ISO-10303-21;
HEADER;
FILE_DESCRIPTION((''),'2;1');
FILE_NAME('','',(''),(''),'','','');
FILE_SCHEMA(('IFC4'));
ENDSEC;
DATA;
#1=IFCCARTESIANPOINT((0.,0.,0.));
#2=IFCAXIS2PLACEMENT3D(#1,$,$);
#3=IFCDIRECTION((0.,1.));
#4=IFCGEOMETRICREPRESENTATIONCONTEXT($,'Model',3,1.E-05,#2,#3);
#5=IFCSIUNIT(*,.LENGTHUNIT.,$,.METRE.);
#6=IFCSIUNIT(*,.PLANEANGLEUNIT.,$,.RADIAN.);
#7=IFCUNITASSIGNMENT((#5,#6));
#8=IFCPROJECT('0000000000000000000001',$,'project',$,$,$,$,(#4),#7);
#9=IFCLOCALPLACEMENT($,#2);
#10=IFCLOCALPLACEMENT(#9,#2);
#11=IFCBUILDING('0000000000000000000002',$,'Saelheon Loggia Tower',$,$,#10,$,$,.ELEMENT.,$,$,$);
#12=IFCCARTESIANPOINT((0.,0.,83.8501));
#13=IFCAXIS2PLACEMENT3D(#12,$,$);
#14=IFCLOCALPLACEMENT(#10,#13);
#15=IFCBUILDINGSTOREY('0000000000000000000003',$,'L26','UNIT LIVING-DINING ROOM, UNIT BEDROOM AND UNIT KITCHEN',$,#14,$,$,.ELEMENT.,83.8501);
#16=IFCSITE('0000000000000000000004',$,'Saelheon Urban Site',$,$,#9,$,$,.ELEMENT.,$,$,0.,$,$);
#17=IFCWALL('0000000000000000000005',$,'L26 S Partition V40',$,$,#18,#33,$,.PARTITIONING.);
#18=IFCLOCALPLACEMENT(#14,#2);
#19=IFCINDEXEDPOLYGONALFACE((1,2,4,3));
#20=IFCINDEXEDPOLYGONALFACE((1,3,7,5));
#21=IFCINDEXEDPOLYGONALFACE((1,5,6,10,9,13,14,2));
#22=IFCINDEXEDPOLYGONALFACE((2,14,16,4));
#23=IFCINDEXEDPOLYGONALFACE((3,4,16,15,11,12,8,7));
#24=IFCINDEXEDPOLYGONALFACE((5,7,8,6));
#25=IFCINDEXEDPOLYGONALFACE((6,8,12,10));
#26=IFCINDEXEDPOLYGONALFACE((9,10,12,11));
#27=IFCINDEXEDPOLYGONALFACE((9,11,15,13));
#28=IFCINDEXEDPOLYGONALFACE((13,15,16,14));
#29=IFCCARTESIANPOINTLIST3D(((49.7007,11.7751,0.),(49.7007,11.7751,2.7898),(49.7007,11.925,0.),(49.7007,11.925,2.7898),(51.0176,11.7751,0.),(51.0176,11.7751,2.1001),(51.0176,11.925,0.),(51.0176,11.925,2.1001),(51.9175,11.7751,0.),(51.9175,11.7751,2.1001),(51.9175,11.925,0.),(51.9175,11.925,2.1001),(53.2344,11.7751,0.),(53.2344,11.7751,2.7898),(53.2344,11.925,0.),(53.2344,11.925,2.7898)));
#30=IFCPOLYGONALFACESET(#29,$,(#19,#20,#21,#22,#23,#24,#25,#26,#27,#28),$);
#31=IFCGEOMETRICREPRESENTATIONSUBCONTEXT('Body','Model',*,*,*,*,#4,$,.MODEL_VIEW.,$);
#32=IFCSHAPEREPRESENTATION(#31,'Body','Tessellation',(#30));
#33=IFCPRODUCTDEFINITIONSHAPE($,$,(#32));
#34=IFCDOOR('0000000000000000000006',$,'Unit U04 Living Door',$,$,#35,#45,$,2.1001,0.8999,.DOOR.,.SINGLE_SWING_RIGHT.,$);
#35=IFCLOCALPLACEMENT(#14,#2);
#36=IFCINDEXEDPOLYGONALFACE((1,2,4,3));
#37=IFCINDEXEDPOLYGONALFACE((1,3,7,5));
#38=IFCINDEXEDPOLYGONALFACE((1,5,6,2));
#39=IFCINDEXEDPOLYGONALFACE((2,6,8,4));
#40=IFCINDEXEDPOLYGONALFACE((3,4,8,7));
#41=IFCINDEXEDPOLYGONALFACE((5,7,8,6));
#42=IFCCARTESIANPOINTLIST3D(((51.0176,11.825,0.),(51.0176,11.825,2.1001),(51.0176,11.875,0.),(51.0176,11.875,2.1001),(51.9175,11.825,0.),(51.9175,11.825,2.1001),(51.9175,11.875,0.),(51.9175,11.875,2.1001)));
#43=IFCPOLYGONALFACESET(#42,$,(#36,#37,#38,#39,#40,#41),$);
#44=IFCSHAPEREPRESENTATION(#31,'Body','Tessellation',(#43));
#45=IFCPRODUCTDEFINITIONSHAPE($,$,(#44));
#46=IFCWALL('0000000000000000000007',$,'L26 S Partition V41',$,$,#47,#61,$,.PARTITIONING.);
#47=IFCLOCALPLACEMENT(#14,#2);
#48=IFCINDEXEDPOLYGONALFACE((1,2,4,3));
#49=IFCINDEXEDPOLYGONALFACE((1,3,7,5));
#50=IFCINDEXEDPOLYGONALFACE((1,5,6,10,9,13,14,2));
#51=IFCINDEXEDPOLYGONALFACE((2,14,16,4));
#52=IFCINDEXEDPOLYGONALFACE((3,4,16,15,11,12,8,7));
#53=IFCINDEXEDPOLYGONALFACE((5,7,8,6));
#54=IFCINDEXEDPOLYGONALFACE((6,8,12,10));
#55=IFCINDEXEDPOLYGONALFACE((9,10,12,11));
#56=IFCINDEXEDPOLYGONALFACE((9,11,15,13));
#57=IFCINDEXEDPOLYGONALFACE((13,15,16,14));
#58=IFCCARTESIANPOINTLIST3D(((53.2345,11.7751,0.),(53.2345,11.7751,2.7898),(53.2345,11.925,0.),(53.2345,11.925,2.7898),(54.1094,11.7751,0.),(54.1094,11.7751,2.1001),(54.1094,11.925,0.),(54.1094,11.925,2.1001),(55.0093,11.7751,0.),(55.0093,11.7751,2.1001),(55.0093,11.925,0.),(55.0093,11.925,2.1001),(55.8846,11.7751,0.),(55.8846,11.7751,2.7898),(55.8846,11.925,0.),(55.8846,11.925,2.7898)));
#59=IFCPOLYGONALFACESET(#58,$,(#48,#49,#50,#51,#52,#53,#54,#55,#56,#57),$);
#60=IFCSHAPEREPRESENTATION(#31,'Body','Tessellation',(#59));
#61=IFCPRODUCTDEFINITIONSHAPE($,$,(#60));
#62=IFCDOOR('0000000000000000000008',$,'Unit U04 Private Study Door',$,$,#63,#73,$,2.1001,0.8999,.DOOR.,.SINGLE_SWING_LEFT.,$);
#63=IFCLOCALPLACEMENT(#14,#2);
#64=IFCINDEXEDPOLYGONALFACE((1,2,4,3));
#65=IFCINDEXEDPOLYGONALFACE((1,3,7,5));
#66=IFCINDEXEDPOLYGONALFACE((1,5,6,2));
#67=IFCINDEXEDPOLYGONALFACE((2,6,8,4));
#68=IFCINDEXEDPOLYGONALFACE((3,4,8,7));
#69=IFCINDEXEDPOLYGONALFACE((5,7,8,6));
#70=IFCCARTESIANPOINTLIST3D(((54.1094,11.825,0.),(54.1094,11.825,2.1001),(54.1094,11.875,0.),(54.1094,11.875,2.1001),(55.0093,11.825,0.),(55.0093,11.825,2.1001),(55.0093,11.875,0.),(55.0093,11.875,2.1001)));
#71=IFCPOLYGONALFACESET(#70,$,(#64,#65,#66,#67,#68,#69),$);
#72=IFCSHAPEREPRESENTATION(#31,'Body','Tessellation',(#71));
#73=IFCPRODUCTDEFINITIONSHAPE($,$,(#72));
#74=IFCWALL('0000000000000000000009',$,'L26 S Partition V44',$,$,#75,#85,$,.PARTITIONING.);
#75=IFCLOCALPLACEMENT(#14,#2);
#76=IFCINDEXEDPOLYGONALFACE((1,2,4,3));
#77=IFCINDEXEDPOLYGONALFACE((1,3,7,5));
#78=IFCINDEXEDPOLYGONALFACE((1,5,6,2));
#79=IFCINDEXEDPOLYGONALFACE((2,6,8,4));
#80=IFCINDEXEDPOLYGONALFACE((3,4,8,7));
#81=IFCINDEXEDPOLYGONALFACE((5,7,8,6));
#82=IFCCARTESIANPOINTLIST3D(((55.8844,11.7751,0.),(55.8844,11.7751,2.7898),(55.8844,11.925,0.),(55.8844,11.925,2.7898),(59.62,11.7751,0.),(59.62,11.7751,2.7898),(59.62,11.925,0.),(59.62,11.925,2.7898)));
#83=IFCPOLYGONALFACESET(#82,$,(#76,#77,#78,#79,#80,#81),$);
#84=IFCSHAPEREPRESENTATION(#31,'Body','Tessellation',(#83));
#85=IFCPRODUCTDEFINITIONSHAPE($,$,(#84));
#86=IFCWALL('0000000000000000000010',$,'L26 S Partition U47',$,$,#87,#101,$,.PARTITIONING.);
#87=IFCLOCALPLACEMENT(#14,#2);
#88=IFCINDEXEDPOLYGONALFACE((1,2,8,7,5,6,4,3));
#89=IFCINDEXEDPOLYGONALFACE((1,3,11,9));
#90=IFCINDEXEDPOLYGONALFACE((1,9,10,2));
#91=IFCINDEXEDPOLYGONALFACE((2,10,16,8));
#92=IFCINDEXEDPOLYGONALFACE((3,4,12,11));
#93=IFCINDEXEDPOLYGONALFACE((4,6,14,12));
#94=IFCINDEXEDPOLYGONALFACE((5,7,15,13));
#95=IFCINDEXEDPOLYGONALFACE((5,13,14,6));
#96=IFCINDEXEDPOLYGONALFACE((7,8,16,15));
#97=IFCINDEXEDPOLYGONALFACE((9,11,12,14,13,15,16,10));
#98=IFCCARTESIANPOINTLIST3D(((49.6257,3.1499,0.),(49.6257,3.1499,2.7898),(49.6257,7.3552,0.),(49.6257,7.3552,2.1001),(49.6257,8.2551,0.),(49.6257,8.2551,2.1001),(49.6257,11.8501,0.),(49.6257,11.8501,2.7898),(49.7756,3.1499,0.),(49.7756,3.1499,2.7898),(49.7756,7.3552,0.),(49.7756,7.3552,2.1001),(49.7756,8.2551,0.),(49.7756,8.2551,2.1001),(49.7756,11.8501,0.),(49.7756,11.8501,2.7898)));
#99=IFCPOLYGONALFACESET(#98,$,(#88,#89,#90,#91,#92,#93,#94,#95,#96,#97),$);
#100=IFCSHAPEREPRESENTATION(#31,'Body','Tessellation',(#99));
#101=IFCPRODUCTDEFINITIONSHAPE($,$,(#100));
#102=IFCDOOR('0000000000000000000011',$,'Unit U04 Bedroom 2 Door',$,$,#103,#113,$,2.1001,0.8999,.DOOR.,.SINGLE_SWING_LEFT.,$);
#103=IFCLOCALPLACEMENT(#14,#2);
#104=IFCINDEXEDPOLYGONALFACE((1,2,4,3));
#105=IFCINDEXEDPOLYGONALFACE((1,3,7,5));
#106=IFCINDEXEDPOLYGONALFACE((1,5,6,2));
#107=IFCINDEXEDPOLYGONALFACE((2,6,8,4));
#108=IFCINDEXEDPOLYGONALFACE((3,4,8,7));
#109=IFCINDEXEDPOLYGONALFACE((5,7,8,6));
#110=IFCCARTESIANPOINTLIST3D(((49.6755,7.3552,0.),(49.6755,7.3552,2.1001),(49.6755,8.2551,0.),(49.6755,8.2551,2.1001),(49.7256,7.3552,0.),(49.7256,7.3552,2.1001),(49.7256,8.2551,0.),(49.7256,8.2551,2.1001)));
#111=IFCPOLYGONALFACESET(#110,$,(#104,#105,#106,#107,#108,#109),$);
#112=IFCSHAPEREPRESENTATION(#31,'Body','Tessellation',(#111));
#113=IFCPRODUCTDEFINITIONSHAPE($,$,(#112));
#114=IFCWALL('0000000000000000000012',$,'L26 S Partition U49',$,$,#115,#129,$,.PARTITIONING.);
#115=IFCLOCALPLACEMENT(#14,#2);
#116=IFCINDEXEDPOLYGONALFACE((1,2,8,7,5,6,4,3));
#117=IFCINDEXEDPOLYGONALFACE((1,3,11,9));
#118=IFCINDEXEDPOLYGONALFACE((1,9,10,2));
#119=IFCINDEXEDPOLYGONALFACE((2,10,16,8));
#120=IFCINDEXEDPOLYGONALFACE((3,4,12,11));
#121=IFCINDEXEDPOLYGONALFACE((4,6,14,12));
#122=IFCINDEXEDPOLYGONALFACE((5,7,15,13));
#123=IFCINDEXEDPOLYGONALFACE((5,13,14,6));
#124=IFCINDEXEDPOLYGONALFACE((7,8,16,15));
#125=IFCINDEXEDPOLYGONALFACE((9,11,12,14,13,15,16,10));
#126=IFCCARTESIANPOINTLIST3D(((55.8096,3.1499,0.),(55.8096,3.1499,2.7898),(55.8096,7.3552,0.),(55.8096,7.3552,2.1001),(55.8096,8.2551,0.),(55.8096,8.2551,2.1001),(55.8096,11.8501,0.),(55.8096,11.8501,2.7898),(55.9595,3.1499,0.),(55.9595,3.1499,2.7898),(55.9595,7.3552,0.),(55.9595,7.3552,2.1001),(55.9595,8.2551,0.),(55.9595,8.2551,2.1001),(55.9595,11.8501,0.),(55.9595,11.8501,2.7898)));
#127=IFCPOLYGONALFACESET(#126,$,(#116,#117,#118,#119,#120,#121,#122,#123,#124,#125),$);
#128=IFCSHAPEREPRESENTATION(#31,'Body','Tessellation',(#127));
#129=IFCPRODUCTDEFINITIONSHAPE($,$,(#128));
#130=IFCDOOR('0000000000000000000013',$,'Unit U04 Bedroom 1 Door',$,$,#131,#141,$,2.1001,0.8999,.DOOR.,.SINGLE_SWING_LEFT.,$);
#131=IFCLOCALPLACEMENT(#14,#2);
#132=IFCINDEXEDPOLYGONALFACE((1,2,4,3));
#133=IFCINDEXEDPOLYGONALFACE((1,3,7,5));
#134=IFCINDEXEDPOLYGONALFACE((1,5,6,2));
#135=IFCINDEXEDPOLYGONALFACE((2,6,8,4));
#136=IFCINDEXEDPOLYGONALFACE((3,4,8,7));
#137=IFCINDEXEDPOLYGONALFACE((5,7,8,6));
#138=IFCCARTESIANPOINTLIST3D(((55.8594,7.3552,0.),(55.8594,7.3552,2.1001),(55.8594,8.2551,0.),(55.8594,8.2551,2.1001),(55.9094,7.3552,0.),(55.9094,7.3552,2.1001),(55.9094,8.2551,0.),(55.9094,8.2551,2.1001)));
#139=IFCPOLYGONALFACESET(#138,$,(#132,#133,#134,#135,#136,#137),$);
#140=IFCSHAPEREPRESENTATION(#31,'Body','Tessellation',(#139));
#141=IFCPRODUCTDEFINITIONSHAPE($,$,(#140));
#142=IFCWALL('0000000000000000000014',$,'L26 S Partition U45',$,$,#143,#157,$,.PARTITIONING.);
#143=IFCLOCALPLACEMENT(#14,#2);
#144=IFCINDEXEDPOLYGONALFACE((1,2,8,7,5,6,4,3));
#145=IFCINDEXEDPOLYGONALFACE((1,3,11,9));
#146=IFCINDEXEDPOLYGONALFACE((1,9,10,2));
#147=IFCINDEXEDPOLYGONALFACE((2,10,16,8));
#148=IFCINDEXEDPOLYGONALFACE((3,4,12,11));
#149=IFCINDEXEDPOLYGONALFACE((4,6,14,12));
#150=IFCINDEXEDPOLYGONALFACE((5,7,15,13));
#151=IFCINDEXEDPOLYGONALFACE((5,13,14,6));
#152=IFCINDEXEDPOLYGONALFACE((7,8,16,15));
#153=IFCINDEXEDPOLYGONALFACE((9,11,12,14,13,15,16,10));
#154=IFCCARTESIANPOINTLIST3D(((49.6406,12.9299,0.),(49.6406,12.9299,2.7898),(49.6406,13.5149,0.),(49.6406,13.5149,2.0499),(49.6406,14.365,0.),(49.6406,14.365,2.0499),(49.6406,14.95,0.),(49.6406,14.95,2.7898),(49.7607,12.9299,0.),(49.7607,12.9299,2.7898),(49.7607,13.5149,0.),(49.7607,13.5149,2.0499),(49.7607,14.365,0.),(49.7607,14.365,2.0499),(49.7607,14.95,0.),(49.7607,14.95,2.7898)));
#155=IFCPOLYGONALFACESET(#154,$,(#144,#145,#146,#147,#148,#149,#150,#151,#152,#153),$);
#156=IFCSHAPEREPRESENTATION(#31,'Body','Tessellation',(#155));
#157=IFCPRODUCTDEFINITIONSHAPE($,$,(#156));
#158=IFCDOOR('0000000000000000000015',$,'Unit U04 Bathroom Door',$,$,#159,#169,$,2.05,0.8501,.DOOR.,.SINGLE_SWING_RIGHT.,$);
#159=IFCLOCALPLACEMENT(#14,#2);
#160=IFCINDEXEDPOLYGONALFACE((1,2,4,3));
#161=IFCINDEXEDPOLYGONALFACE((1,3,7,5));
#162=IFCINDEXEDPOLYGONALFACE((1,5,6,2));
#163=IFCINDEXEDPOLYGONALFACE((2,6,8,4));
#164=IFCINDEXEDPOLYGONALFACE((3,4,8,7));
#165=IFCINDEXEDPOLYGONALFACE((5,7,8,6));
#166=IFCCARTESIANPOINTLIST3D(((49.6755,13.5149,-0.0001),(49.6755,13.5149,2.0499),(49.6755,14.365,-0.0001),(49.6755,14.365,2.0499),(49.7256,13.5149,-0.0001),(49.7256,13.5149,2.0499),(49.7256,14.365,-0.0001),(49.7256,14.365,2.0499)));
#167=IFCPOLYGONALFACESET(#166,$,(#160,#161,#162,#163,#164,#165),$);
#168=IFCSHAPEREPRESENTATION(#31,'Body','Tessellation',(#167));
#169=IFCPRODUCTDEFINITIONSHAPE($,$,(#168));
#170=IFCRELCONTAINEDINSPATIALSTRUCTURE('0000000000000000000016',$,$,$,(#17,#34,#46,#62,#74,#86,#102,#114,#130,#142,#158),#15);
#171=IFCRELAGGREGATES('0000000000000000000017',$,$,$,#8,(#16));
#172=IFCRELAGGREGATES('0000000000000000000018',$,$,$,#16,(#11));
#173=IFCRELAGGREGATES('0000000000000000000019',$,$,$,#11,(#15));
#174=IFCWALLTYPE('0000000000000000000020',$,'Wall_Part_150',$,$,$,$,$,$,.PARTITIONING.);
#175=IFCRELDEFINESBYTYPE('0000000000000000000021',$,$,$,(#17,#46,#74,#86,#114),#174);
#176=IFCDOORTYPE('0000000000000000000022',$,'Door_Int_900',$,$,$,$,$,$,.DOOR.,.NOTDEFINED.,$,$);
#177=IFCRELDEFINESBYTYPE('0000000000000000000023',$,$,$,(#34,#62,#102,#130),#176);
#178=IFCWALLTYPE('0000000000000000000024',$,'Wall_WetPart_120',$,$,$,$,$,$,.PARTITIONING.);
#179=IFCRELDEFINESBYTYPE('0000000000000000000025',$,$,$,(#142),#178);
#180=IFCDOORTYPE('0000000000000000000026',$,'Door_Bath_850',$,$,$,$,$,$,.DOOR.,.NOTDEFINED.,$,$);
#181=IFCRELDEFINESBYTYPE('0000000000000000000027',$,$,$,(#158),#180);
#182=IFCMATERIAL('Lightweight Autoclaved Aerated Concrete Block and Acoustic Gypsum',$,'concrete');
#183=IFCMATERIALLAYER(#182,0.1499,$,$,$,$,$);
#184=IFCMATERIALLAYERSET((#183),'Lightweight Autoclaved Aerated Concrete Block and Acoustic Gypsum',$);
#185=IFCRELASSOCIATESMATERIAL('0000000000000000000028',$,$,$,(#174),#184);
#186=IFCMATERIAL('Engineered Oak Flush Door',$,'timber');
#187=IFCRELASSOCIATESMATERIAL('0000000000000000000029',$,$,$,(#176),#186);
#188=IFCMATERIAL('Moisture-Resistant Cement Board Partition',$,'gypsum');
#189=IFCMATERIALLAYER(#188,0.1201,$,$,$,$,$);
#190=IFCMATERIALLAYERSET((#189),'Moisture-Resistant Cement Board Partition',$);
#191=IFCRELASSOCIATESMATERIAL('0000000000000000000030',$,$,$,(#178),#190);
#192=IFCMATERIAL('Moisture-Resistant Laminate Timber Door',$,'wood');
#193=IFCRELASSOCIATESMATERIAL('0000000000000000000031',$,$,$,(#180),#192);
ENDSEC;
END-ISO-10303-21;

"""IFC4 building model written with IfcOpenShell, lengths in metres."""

from ifc_helpers import new_model, si_unit, direction, frame, frame_2d, origin, place, context, subcontext, project, spatial, rectangle, extrude, source, transform, mapped, material, layer, layer_set, type_object, element, fill, save


model = new_model("IFC4")

# Units and contexts
model_context = context("Model", 3, precision=1e-05, world=origin(), true_north=direction((0.0, 1.0)))
body_context = subcontext(model_context, "Body", "Model", "MODEL_VIEW")
ifc_project = project(units=[si_unit("LENGTHUNIT", "METRE"), si_unit("PLANEANGLEUNIT", "RADIAN")], contexts=[model_context])

# Site, building, storey
site_placement = place(None, origin())
site = spatial("IfcSite", under=ifc_project, at=site_placement, Name="Saelheon Urban Site", CompositionType="ELEMENT", RefElevation=0.0)
building_placement = place(site_placement, origin())
building = spatial("IfcBuilding", under=site, at=building_placement, Name="Saelheon Loggia Tower", CompositionType="ELEMENT")
storey_placement = place(building_placement, frame((0.0, 0.0, 83.8501)))
storey = spatial("IfcBuildingStorey", under=building, at=storey_placement, Name="L26", Description="UNIT LIVING-DINING ROOM, UNIT BEDROOM AND UNIT KITCHEN", CompositionType="ELEMENT", Elevation=83.8501)

# Walls, openings, doors
ifc_material_1 = material(Name="Lightweight Autoclaved Aerated Concrete Block and Acoustic Gypsum", Category="concrete")
ifc_layer_1 = layer(ifc_material_1, 0.1499)
ifc_layer_set_1 = layer_set([ifc_layer_1], Name="Lightweight Autoclaved Aerated Concrete Block and Acoustic Gypsum")
wall_type_1 = type_object("IfcWallType", Name="Wall_Part_150", PredefinedType="PARTITIONING", material=ifc_layer_set_1)
wall_1_placement = place(storey_placement, frame((49.7007, 11.8501, 0.0), z_axis=(0.0, 0.0, 1.0), x_axis=(1.0, 0.0, 0.0)))
wall_1 = element("IfcWall", 1, at=wall_1_placement, inside=storey, type_object=wall_type_1, Name="L26 S Partition V40", PredefinedType="PARTITIONING", context=body_context, shape_type="SweptSolid", body=[
    extrude(rectangle(XDim=3.5337, YDim=0.1499, at=frame_2d((1.7668, 0.0))), origin(), (0.0, 0.0, 1.0), 2.7898),
])
opening_1_placement = place(wall_1_placement, frame((1.3169, 0.0, 0.0)))
opening_1 = element("IfcOpeningElement", 2, at=opening_1_placement, cuts=wall_1, PredefinedType="OPENING", context=body_context, shape_type="SweptSolid", body=[
    extrude(rectangle(XDim=0.8999, YDim=2.1001, at=frame_2d((0.45, 1.05))), frame((0.0, 0.0869, 0.0), z_axis=(0.0, -1.0, 0.0), x_axis=(1.0, 0.0, 0.0)), (0.0, 0.0, 1.0), 0.1738),
])
ifc_material_2 = material(Name="Engineered Oak Flush Door", Category="timber")
door_type_1 = type_object("IfcDoorType", Name="Door_Int_900", OperationType="NOTDEFINED", PredefinedType="DOOR", material=ifc_material_2)
shared_shape_1 = source(origin(), body_context, "Body", "SweptSolid", [
    extrude(rectangle(XDim=0.8999, YDim=2.1001, at=frame_2d((0.45, 1.05))), frame((0.0, 0.0249, 0.0), z_axis=(0.0, -1.0, 0.0), x_axis=(1.0, 0.0, 0.0)), (0.0, 0.0, 1.0), 0.05),
])
door_1_placement = place(opening_1_placement, origin())
door_1 = element("IfcDoor", 3, at=door_1_placement, inside=storey, type_object=door_type_1, Name="Unit U04 Living Door", OperationType="SINGLE_SWING_RIGHT", OverallHeight=2.1001, OverallWidth=0.8999, PredefinedType="DOOR", context=body_context, shape_type="MappedRepresentation", body=[
    mapped(shared_shape_1, transform((0.0, 0.0, 0.0), scale=1.0)),
])
fill(opening_1, door_1)
wall_2_placement = place(storey_placement, frame((53.2344, 11.8501, 0.0), z_axis=(0.0, 0.0, 1.0), x_axis=(1.0, 0.0, 0.0)))
wall_2 = element("IfcWall", 4, at=wall_2_placement, inside=storey, type_object=wall_type_1, Name="L26 S Partition V41", PredefinedType="PARTITIONING", context=body_context, shape_type="SweptSolid", body=[
    extrude(rectangle(XDim=2.6501, YDim=0.1499, at=frame_2d((1.3252, 0.0))), origin(), (0.0, 0.0, 1.0), 2.7898),
])
opening_2_placement = place(wall_2_placement, frame((0.875, 0.0, 0.0)))
opening_2 = element("IfcOpeningElement", 5, at=opening_2_placement, cuts=wall_2, PredefinedType="OPENING", context=body_context, shape_type="SweptSolid", body=[
    extrude(rectangle(XDim=0.8999, YDim=2.1001, at=frame_2d((0.45, 1.05))), frame((0.0, 0.0869, 0.0), z_axis=(0.0, -1.0, 0.0), x_axis=(1.0, 0.0, 0.0)), (0.0, 0.0, 1.0), 0.1738),
])
door_2_placement = place(opening_2_placement, origin())
door_2 = element("IfcDoor", 6, at=door_2_placement, inside=storey, type_object=door_type_1, Name="Unit U04 Private Study Door", OperationType="SINGLE_SWING_LEFT", OverallHeight=2.1001, OverallWidth=0.8999, PredefinedType="DOOR", context=body_context, shape_type="MappedRepresentation", body=[
    mapped(shared_shape_1, transform((0.0, 0.0, 0.0), scale=1.0)),
])
fill(opening_2, door_2)

# Wall
wall_3_placement = place(storey_placement, frame((55.8845, 11.8501, 0.0), z_axis=(0.0, 0.0, 1.0), x_axis=(1.0, 0.0, 0.0)))
element("IfcWall", 7, at=wall_3_placement, inside=storey, type_object=wall_type_1, Name="L26 S Partition V44", PredefinedType="PARTITIONING", context=body_context, shape_type="SweptSolid", body=[
    extrude(rectangle(XDim=3.7356, YDim=0.1499, at=frame_2d((1.8677, 0.0))), origin(), (0.0, 0.0, 1.0), 2.7898),
])

# Walls, openings, doors
wall_4_placement = place(storey_placement, frame((49.7007, 11.8501, 0.0), z_axis=(0.0, 0.0, 1.0), x_axis=(0.0, -1.0, 0.0)))
wall_4 = element("IfcWall", 8, at=wall_4_placement, inside=storey, type_object=wall_type_1, Name="L26 S Partition U47", PredefinedType="PARTITIONING", context=body_context, shape_type="SweptSolid", body=[
    extrude(rectangle(XDim=8.7002, YDim=0.1499, at=frame_2d((4.3501, 0.0))), origin(), (0.0, 0.0, 1.0), 2.7898),
])
opening_3_placement = place(wall_4_placement, frame((3.595, 0.0, 0.0)))
opening_3 = element("IfcOpeningElement", 9, at=opening_3_placement, cuts=wall_4, PredefinedType="OPENING", context=body_context, shape_type="SweptSolid", body=[
    extrude(rectangle(XDim=0.8999, YDim=2.1001, at=frame_2d((0.45, 1.05))), frame((0.0, 0.0869, 0.0), z_axis=(0.0, -1.0, 0.0), x_axis=(1.0, 0.0, 0.0)), (0.0, 0.0, 1.0), 0.1738),
])
door_3_placement = place(opening_3_placement, origin())
door_3 = element("IfcDoor", 10, at=door_3_placement, inside=storey, type_object=door_type_1, Name="Unit U04 Bedroom 2 Door", OperationType="SINGLE_SWING_LEFT", OverallHeight=2.1001, OverallWidth=0.8999, PredefinedType="DOOR", context=body_context, shape_type="MappedRepresentation", body=[
    mapped(shared_shape_1, transform((0.0, 0.0, 0.0), scale=1.0)),
])
fill(opening_3, door_3)
wall_5_placement = place(storey_placement, frame((55.8845, 11.8501, 0.0), z_axis=(0.0, 0.0, 1.0), x_axis=(0.0, -1.0, 0.0)))
wall_5 = element("IfcWall", 11, at=wall_5_placement, inside=storey, type_object=wall_type_1, Name="L26 S Partition U49", PredefinedType="PARTITIONING", context=body_context, shape_type="SweptSolid", body=[
    extrude(rectangle(XDim=8.7002, YDim=0.1499, at=frame_2d((4.3501, 0.0))), origin(), (0.0, 0.0, 1.0), 2.7898),
])
opening_4_placement = place(wall_5_placement, frame((3.595, 0.0, 0.0)))
opening_4 = element("IfcOpeningElement", 12, at=opening_4_placement, cuts=wall_5, PredefinedType="OPENING", context=body_context, shape_type="SweptSolid", body=[
    extrude(rectangle(XDim=0.8999, YDim=2.1001, at=frame_2d((0.45, 1.05))), frame((0.0, 0.0869, 0.0), z_axis=(0.0, -1.0, 0.0), x_axis=(1.0, 0.0, 0.0)), (0.0, 0.0, 1.0), 0.1738),
])
door_4_placement = place(opening_4_placement, origin())
door_4 = element("IfcDoor", 13, at=door_4_placement, inside=storey, type_object=door_type_1, Name="Unit U04 Bedroom 1 Door", OperationType="SINGLE_SWING_LEFT", OverallHeight=2.1001, OverallWidth=0.8999, PredefinedType="DOOR", context=body_context, shape_type="MappedRepresentation", body=[
    mapped(shared_shape_1, transform((0.0, 0.0, 0.0), scale=1.0)),
])
fill(opening_4, door_4)
ifc_material_3 = material(Name="Moisture-Resistant Cement Board Partition", Category="gypsum")
ifc_layer_2 = layer(ifc_material_3, 0.1201)
ifc_layer_set_2 = layer_set([ifc_layer_2], Name="Moisture-Resistant Cement Board Partition")
wall_type_2 = type_object("IfcWallType", Name="Wall_WetPart_120", PredefinedType="PARTITIONING", material=ifc_layer_set_2)
wall_6_placement = place(storey_placement, frame((49.7007, 14.95, 0.0), z_axis=(0.0, 0.0, 1.0), x_axis=(0.0, -1.0, 0.0)))
wall_6 = element("IfcWall", 14, at=wall_6_placement, inside=storey, type_object=wall_type_2, Name="L26 S Partition U45", PredefinedType="PARTITIONING", context=body_context, shape_type="SweptSolid", body=[
    extrude(rectangle(XDim=2.02, YDim=0.1201, at=frame_2d((1.01, 0.0))), origin(), (0.0, 0.0, 1.0), 2.7898),
])
opening_5_placement = place(wall_6_placement, frame((0.585, 0.0, 0.0)))
opening_5 = element("IfcOpeningElement", 15, at=opening_5_placement, cuts=wall_6, PredefinedType="OPENING", context=body_context, shape_type="SweptSolid", body=[
    extrude(rectangle(XDim=0.8501, YDim=2.05, at=frame_2d((0.425, 1.0249))), frame((0.0, 0.072, 0.0), z_axis=(0.0, -1.0, 0.0), x_axis=(1.0, 0.0, 0.0)), (0.0, 0.0, 1.0), 0.144),
])
ifc_material_4 = material(Name="Moisture-Resistant Laminate Timber Door", Category="wood")
door_type_2 = type_object("IfcDoorType", Name="Door_Bath_850", OperationType="NOTDEFINED", PredefinedType="DOOR", material=ifc_material_4)
shared_shape_2 = source(origin(), body_context, "Body", "SweptSolid", [
    extrude(rectangle(XDim=0.8501, YDim=2.05, at=frame_2d((0.425, 1.0249))), frame((0.0, 0.0249, 0.0), z_axis=(0.0, -1.0, 0.0), x_axis=(1.0, 0.0, 0.0)), (0.0, 0.0, 1.0), 0.05),
])
door_5_placement = place(opening_5_placement, origin())
door_5 = element("IfcDoor", 16, at=door_5_placement, inside=storey, type_object=door_type_2, Name="Unit U04 Bathroom Door", OperationType="SINGLE_SWING_RIGHT", OverallHeight=2.05, OverallWidth=0.8501, PredefinedType="DOOR", context=body_context, shape_type="MappedRepresentation", body=[
    mapped(shared_shape_2, transform((0.0, 0.0, 0.0), scale=1.0)),
])
fill(opening_5, door_5)

save(model, "model.ifc")
